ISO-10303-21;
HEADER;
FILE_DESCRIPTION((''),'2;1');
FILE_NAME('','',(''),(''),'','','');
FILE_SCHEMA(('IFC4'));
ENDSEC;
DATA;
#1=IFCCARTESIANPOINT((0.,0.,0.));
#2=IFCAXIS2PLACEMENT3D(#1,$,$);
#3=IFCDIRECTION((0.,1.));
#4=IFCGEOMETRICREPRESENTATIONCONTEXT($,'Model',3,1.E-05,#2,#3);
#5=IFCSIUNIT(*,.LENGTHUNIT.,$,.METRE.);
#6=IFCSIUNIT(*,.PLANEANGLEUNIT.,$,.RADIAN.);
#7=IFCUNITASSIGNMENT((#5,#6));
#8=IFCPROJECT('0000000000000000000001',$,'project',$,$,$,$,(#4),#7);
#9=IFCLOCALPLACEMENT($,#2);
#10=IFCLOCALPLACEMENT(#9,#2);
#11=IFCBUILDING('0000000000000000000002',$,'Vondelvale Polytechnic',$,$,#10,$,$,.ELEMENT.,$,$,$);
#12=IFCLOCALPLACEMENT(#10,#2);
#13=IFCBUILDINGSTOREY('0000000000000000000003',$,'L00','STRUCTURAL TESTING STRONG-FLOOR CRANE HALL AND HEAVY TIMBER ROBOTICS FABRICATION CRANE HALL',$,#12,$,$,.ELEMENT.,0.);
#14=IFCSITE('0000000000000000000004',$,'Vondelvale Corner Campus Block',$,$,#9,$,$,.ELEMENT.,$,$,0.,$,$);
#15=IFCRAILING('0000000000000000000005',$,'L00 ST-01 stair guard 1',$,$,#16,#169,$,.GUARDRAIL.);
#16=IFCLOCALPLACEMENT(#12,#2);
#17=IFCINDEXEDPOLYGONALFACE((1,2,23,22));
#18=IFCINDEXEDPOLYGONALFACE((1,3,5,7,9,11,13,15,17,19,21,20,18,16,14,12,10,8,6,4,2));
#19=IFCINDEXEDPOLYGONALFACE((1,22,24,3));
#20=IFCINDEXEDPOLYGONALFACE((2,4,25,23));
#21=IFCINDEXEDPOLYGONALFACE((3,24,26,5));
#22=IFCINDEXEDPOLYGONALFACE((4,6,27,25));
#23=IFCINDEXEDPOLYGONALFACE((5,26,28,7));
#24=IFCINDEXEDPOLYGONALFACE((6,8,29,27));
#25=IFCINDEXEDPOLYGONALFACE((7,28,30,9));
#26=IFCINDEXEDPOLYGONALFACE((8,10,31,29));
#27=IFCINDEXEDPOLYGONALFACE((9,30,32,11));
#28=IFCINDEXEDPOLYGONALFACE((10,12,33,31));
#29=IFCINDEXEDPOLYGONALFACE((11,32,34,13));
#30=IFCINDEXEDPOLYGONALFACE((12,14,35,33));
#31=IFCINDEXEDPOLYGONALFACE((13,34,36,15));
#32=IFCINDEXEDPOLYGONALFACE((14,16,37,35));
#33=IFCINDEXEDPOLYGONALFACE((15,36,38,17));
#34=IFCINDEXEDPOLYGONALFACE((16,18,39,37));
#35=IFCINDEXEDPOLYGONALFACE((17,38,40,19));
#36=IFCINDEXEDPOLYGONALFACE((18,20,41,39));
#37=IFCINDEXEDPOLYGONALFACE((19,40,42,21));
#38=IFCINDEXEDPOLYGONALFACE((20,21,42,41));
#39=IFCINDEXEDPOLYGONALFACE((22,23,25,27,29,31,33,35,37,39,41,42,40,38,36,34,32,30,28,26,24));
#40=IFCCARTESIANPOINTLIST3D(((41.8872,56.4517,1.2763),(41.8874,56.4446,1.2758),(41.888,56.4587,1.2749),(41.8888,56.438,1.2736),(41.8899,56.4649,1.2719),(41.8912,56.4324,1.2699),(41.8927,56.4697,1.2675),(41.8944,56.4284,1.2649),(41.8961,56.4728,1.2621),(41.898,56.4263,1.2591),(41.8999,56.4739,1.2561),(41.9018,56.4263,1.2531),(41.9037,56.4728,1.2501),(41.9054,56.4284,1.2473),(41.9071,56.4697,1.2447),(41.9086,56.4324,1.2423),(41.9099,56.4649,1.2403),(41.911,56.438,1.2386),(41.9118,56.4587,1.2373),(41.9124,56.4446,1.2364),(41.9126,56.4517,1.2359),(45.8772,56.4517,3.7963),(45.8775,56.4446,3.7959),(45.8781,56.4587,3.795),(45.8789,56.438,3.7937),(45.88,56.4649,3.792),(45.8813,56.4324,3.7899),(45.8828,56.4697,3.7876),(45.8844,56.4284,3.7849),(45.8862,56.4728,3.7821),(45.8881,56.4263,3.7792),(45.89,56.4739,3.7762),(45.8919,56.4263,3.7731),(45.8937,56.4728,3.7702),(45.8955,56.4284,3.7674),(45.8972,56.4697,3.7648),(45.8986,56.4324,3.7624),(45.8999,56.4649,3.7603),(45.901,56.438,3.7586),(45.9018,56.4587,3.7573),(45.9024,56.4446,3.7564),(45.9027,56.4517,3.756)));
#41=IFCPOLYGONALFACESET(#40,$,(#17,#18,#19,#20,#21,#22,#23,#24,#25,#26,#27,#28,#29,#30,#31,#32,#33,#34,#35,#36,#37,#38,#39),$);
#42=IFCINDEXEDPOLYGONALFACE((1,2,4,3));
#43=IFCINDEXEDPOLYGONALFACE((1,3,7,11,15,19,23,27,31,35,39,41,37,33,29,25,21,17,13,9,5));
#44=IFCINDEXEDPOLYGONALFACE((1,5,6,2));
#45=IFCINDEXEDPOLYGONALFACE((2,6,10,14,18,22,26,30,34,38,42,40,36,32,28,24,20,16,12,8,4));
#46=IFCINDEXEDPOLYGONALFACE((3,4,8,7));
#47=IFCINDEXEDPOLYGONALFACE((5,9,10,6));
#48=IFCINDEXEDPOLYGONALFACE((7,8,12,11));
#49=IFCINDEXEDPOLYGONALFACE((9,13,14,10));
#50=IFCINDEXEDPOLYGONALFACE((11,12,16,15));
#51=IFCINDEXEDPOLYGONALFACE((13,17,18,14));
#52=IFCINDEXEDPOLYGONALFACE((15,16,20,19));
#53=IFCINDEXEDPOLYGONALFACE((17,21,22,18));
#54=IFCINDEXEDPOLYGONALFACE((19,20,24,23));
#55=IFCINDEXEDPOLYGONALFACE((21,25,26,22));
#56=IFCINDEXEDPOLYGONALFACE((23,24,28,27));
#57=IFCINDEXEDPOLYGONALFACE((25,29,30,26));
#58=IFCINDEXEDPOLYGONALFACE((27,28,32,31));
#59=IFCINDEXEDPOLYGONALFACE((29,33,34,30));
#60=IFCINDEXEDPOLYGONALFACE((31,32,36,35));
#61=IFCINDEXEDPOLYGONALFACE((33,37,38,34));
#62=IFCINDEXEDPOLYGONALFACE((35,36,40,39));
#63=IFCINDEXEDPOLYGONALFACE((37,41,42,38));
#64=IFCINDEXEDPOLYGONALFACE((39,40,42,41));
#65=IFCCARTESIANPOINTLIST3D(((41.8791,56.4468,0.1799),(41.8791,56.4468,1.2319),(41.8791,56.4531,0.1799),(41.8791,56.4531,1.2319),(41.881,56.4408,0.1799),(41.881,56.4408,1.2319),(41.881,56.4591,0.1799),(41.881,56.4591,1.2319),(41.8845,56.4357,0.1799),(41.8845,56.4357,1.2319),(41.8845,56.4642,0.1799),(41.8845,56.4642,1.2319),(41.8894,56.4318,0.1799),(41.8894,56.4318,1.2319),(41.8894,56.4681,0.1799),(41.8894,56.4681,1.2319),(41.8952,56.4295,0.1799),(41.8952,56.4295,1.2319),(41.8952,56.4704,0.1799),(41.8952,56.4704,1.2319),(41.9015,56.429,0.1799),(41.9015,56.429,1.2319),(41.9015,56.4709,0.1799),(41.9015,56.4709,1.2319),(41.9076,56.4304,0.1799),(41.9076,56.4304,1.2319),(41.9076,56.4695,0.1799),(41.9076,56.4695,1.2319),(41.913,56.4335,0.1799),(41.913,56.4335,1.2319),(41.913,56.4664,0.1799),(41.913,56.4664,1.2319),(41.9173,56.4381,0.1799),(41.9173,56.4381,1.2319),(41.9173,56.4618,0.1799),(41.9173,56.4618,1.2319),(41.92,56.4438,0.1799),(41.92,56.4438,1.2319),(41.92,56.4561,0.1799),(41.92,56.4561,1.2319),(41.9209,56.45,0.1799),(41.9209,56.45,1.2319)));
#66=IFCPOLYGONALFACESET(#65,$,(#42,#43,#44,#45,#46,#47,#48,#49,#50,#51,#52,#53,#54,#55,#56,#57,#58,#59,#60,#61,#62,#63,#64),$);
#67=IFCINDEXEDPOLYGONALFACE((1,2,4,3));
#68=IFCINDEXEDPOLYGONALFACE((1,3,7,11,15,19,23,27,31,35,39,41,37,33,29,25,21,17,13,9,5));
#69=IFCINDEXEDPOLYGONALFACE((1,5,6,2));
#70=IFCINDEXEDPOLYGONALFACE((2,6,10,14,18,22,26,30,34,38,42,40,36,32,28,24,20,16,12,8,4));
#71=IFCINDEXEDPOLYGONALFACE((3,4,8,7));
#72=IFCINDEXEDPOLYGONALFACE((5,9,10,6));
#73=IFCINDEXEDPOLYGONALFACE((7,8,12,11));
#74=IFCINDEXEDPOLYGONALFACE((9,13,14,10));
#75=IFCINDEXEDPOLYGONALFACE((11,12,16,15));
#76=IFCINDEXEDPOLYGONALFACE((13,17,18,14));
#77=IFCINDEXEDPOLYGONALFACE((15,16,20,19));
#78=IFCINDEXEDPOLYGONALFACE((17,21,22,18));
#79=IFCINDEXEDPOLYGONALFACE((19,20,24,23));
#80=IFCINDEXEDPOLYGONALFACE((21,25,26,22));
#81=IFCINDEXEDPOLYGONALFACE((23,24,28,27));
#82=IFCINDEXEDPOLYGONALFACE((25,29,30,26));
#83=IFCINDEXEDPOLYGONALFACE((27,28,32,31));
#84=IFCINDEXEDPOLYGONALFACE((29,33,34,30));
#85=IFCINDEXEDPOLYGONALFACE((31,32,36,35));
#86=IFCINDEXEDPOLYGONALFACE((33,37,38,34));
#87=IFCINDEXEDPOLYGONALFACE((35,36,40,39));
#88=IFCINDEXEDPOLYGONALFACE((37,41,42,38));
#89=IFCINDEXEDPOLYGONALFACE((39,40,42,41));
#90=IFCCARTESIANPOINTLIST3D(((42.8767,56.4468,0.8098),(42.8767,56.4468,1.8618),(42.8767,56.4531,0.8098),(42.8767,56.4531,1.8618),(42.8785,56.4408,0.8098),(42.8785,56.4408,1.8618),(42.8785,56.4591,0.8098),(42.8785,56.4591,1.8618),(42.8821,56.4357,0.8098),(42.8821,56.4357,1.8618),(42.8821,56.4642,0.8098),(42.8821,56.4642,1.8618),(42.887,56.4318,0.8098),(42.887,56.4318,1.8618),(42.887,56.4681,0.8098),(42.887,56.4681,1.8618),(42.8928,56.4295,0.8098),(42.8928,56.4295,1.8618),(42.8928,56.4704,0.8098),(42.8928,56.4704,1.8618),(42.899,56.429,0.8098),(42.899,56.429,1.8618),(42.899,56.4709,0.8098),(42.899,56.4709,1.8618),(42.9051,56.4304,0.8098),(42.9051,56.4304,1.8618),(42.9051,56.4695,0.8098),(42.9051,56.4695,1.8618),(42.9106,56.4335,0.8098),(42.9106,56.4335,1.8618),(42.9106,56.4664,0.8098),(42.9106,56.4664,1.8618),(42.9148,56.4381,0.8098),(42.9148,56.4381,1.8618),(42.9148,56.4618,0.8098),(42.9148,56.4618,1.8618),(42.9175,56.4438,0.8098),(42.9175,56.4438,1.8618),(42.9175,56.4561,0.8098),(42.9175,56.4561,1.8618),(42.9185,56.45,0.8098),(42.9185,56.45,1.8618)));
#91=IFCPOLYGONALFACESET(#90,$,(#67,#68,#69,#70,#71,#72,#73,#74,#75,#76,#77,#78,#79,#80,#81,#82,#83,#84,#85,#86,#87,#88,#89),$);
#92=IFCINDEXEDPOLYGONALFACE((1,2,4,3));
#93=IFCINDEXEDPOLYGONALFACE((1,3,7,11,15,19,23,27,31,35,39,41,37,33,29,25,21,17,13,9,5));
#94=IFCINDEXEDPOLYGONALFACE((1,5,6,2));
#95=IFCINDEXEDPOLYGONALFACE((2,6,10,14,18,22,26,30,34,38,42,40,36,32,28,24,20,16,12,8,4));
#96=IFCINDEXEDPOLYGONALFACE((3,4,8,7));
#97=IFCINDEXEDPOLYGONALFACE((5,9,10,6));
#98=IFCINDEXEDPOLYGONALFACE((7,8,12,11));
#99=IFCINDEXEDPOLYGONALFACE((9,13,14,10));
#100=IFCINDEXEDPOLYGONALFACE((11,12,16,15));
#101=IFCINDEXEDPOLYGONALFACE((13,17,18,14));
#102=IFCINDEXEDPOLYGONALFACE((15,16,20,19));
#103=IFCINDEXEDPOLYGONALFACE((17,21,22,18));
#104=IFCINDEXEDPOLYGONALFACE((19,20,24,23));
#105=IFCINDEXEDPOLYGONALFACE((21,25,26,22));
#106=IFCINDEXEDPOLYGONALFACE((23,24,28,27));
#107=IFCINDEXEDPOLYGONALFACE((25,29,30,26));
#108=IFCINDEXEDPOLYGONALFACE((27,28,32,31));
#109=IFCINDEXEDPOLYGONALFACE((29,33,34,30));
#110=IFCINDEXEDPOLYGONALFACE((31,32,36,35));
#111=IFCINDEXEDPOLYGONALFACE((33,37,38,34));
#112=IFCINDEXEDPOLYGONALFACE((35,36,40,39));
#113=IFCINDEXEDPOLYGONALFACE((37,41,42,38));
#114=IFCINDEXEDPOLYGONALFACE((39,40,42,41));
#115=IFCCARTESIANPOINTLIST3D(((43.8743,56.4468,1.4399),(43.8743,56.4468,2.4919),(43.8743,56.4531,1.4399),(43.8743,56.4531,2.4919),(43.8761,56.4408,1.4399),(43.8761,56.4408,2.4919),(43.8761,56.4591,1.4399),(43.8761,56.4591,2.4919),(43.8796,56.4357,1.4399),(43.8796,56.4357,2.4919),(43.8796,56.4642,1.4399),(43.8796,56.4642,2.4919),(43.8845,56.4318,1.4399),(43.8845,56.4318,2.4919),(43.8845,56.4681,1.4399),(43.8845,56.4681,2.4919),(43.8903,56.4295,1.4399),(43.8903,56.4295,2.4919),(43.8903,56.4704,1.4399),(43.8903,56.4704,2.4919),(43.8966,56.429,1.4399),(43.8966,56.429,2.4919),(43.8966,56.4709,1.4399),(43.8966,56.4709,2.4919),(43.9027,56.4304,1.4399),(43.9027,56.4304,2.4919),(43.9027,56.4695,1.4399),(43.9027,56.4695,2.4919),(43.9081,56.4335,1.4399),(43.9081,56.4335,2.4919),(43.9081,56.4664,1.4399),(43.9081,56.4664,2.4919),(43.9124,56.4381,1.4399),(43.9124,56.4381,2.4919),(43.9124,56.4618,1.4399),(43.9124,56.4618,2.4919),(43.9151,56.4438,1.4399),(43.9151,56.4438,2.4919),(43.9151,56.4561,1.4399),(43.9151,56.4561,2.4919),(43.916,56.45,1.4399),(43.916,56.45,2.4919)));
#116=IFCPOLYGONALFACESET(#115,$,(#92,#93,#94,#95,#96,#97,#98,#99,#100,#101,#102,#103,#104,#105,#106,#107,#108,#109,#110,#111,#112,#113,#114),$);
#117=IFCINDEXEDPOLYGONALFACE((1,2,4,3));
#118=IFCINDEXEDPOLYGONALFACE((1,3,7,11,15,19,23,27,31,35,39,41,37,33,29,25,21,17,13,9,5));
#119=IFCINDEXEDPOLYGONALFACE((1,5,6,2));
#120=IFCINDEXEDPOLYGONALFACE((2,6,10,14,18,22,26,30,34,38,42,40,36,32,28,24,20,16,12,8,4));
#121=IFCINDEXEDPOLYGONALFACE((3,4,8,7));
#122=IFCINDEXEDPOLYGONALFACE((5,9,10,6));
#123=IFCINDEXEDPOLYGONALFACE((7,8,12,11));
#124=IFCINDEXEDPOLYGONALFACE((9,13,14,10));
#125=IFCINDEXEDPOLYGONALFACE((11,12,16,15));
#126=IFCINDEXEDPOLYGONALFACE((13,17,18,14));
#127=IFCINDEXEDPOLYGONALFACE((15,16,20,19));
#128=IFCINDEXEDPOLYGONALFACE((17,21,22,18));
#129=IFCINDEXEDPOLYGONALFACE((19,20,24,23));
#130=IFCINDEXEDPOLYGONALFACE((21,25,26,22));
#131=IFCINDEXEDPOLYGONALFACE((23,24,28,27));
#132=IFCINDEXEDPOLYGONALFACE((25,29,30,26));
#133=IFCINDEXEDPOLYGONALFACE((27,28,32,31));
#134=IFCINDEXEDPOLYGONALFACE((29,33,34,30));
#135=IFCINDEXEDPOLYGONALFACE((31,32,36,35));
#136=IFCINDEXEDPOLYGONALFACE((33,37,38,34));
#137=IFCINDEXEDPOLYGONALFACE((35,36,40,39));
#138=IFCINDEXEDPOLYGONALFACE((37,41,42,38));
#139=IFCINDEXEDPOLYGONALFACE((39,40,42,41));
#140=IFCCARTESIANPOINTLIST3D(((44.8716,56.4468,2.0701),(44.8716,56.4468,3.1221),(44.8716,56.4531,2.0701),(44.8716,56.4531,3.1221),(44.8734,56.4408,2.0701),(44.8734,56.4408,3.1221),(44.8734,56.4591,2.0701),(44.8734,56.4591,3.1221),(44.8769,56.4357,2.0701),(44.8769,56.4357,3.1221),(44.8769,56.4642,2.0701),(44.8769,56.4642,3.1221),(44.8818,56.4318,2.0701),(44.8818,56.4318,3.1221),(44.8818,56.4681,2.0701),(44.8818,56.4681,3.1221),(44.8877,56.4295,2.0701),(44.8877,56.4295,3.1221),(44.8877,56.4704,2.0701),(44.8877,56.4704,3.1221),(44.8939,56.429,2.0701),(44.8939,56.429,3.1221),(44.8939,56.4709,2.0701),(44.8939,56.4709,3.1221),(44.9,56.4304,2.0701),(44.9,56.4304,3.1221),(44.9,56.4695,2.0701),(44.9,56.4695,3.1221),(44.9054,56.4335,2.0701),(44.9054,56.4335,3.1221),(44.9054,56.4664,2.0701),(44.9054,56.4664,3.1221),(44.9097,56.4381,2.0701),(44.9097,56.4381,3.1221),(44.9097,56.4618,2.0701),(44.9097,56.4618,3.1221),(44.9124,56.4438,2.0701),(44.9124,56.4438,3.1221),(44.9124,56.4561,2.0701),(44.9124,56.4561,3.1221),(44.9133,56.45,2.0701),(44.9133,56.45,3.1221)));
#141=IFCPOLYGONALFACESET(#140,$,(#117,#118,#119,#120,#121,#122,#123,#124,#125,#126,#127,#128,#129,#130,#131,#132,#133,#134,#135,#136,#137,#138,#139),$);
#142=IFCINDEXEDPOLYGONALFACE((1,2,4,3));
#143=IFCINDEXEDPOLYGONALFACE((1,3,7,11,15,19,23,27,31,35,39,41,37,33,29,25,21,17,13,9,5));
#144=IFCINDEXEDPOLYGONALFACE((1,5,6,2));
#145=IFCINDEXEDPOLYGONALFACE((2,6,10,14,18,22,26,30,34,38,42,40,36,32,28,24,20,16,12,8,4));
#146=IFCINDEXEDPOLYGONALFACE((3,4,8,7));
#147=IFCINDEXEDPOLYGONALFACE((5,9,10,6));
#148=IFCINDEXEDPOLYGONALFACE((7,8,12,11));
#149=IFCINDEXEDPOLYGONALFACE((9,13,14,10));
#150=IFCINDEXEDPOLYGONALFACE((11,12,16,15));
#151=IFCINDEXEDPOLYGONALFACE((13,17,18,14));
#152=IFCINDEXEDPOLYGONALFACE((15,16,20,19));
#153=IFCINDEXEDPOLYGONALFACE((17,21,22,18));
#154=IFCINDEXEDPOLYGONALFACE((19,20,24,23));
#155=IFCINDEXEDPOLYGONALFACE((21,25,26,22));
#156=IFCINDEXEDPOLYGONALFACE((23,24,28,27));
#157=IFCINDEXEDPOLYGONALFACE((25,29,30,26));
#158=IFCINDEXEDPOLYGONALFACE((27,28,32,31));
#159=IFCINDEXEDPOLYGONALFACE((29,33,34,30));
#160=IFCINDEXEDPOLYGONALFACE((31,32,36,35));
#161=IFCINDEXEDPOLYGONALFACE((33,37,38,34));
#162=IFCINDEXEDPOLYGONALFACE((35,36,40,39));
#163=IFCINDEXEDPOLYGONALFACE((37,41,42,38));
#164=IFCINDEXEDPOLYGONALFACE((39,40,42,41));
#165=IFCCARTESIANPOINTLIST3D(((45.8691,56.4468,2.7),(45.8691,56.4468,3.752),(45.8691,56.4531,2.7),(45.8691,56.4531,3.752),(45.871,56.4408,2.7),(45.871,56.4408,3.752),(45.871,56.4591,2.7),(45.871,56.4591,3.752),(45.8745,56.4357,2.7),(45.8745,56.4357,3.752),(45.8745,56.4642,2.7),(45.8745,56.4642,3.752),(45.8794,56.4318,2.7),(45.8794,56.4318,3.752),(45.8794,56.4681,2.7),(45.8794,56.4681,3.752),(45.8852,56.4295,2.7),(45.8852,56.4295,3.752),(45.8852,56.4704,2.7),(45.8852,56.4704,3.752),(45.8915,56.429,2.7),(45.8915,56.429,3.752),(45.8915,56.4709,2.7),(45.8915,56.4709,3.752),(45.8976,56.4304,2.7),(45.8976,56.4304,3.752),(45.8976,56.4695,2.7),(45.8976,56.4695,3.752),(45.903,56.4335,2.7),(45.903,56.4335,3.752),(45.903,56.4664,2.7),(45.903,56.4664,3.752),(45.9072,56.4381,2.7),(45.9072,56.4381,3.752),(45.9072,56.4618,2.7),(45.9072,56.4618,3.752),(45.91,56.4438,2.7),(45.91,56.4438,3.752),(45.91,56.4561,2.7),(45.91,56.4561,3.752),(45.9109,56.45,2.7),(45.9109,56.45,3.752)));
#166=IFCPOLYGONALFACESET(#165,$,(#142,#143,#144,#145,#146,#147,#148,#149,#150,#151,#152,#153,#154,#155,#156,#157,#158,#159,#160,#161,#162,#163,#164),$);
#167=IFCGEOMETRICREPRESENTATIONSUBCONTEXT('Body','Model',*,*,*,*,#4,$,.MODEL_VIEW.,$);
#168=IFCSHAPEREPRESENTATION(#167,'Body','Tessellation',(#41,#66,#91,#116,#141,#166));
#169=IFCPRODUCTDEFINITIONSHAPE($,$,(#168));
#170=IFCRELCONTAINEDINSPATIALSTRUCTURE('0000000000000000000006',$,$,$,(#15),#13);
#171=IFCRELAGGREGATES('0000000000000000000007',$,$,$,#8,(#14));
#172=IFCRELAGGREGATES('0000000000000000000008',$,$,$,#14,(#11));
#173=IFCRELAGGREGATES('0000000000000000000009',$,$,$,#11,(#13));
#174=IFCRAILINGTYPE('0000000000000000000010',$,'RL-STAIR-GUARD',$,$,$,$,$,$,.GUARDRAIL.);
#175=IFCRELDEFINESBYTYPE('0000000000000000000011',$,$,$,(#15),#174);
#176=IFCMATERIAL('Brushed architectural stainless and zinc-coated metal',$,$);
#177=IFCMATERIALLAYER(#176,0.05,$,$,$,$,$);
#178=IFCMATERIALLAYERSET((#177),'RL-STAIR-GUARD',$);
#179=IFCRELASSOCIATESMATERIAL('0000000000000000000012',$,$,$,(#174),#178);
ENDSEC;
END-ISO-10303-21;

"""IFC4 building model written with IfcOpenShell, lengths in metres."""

from ifc_helpers import new_model, si_unit, direction, frame, origin, origin_2d, place, context, subcontext, project, spatial, circle, extrude, material, layer, layer_set, type_object, element, save


model = new_model("IFC4")

# Units and contexts
model_context = context("Model", 3, precision=1e-05, world=origin(), true_north=direction((0.0, 1.0)))
body_context = subcontext(model_context, "Body", "Model", "MODEL_VIEW")
ifc_project = project(units=[si_unit("LENGTHUNIT", "METRE"), si_unit("PLANEANGLEUNIT", "RADIAN")], contexts=[model_context])

# Site, building, storey
site_placement = place(None, origin())
site = spatial("IfcSite", under=ifc_project, at=site_placement, Name="Vondelvale Corner Campus Block", CompositionType="ELEMENT", RefElevation=0.0)
building_placement = place(site_placement, origin())
building = spatial("IfcBuilding", under=site, at=building_placement, Name="Vondelvale Polytechnic", CompositionType="ELEMENT")
storey_placement = place(building_placement, origin())
storey = spatial("IfcBuildingStorey", under=building, at=storey_placement, Name="L00", Description="STRUCTURAL TESTING STRONG-FLOOR CRANE HALL AND HEAVY TIMBER ROBOTICS FABRICATION CRANE HALL", CompositionType="ELEMENT", Elevation=0.0)

# Shared definitions
ifc_material_1 = material(Name="Brushed architectural stainless and zinc-coated metal")

# Railing
ifc_layer_1 = layer(ifc_material_1, 0.05)
ifc_layer_set_1 = layer_set([ifc_layer_1], Name="RL-STAIR-GUARD")
railing_type_1 = type_object("IfcRailingType", Name="RL-STAIR-GUARD", PredefinedType="GUARDRAIL", material=ifc_layer_set_1)
railing_1_placement = place(storey_placement, frame((41.8999, 56.45, 0.1799)))
element("IfcRailing", 1, at=railing_1_placement, inside=storey, type_object=railing_type_1, Name="L00 ST-01 stair guard 1", PredefinedType="GUARDRAIL", context=body_context, shape_type="SweptSolid", body=[
    extrude(circle(Radius=0.0239, at=origin_2d()), frame((0.0, 0.0, 1.0762), z_axis=(0.845486, 0.0, 0.533997), x_axis=(0.0, 1.0, 0.0)), (0.0, 0.0, 1.0), 4.7192),
    extrude(circle(Radius=0.021, at=origin_2d()), origin(), (0.0, 0.0, 1.0), 1.052),
    extrude(circle(Radius=0.021, at=origin_2d()), frame((0.9976, 0.0, 0.6299)), (0.0, 0.0, 1.0), 1.052),
    extrude(circle(Radius=0.021, at=origin_2d()), frame((1.9951, 0.0, 1.26)), (0.0, 0.0, 1.0), 1.052),
    extrude(circle(Radius=0.021, at=origin_2d()), frame((2.9924, 0.0, 1.8901)), (0.0, 0.0, 1.0), 1.052),
    extrude(circle(Radius=0.021, at=origin_2d()), frame((3.99, 0.0, 2.52)), (0.0, 0.0, 1.0), 1.052),
])

save(model, "model.ifc")
